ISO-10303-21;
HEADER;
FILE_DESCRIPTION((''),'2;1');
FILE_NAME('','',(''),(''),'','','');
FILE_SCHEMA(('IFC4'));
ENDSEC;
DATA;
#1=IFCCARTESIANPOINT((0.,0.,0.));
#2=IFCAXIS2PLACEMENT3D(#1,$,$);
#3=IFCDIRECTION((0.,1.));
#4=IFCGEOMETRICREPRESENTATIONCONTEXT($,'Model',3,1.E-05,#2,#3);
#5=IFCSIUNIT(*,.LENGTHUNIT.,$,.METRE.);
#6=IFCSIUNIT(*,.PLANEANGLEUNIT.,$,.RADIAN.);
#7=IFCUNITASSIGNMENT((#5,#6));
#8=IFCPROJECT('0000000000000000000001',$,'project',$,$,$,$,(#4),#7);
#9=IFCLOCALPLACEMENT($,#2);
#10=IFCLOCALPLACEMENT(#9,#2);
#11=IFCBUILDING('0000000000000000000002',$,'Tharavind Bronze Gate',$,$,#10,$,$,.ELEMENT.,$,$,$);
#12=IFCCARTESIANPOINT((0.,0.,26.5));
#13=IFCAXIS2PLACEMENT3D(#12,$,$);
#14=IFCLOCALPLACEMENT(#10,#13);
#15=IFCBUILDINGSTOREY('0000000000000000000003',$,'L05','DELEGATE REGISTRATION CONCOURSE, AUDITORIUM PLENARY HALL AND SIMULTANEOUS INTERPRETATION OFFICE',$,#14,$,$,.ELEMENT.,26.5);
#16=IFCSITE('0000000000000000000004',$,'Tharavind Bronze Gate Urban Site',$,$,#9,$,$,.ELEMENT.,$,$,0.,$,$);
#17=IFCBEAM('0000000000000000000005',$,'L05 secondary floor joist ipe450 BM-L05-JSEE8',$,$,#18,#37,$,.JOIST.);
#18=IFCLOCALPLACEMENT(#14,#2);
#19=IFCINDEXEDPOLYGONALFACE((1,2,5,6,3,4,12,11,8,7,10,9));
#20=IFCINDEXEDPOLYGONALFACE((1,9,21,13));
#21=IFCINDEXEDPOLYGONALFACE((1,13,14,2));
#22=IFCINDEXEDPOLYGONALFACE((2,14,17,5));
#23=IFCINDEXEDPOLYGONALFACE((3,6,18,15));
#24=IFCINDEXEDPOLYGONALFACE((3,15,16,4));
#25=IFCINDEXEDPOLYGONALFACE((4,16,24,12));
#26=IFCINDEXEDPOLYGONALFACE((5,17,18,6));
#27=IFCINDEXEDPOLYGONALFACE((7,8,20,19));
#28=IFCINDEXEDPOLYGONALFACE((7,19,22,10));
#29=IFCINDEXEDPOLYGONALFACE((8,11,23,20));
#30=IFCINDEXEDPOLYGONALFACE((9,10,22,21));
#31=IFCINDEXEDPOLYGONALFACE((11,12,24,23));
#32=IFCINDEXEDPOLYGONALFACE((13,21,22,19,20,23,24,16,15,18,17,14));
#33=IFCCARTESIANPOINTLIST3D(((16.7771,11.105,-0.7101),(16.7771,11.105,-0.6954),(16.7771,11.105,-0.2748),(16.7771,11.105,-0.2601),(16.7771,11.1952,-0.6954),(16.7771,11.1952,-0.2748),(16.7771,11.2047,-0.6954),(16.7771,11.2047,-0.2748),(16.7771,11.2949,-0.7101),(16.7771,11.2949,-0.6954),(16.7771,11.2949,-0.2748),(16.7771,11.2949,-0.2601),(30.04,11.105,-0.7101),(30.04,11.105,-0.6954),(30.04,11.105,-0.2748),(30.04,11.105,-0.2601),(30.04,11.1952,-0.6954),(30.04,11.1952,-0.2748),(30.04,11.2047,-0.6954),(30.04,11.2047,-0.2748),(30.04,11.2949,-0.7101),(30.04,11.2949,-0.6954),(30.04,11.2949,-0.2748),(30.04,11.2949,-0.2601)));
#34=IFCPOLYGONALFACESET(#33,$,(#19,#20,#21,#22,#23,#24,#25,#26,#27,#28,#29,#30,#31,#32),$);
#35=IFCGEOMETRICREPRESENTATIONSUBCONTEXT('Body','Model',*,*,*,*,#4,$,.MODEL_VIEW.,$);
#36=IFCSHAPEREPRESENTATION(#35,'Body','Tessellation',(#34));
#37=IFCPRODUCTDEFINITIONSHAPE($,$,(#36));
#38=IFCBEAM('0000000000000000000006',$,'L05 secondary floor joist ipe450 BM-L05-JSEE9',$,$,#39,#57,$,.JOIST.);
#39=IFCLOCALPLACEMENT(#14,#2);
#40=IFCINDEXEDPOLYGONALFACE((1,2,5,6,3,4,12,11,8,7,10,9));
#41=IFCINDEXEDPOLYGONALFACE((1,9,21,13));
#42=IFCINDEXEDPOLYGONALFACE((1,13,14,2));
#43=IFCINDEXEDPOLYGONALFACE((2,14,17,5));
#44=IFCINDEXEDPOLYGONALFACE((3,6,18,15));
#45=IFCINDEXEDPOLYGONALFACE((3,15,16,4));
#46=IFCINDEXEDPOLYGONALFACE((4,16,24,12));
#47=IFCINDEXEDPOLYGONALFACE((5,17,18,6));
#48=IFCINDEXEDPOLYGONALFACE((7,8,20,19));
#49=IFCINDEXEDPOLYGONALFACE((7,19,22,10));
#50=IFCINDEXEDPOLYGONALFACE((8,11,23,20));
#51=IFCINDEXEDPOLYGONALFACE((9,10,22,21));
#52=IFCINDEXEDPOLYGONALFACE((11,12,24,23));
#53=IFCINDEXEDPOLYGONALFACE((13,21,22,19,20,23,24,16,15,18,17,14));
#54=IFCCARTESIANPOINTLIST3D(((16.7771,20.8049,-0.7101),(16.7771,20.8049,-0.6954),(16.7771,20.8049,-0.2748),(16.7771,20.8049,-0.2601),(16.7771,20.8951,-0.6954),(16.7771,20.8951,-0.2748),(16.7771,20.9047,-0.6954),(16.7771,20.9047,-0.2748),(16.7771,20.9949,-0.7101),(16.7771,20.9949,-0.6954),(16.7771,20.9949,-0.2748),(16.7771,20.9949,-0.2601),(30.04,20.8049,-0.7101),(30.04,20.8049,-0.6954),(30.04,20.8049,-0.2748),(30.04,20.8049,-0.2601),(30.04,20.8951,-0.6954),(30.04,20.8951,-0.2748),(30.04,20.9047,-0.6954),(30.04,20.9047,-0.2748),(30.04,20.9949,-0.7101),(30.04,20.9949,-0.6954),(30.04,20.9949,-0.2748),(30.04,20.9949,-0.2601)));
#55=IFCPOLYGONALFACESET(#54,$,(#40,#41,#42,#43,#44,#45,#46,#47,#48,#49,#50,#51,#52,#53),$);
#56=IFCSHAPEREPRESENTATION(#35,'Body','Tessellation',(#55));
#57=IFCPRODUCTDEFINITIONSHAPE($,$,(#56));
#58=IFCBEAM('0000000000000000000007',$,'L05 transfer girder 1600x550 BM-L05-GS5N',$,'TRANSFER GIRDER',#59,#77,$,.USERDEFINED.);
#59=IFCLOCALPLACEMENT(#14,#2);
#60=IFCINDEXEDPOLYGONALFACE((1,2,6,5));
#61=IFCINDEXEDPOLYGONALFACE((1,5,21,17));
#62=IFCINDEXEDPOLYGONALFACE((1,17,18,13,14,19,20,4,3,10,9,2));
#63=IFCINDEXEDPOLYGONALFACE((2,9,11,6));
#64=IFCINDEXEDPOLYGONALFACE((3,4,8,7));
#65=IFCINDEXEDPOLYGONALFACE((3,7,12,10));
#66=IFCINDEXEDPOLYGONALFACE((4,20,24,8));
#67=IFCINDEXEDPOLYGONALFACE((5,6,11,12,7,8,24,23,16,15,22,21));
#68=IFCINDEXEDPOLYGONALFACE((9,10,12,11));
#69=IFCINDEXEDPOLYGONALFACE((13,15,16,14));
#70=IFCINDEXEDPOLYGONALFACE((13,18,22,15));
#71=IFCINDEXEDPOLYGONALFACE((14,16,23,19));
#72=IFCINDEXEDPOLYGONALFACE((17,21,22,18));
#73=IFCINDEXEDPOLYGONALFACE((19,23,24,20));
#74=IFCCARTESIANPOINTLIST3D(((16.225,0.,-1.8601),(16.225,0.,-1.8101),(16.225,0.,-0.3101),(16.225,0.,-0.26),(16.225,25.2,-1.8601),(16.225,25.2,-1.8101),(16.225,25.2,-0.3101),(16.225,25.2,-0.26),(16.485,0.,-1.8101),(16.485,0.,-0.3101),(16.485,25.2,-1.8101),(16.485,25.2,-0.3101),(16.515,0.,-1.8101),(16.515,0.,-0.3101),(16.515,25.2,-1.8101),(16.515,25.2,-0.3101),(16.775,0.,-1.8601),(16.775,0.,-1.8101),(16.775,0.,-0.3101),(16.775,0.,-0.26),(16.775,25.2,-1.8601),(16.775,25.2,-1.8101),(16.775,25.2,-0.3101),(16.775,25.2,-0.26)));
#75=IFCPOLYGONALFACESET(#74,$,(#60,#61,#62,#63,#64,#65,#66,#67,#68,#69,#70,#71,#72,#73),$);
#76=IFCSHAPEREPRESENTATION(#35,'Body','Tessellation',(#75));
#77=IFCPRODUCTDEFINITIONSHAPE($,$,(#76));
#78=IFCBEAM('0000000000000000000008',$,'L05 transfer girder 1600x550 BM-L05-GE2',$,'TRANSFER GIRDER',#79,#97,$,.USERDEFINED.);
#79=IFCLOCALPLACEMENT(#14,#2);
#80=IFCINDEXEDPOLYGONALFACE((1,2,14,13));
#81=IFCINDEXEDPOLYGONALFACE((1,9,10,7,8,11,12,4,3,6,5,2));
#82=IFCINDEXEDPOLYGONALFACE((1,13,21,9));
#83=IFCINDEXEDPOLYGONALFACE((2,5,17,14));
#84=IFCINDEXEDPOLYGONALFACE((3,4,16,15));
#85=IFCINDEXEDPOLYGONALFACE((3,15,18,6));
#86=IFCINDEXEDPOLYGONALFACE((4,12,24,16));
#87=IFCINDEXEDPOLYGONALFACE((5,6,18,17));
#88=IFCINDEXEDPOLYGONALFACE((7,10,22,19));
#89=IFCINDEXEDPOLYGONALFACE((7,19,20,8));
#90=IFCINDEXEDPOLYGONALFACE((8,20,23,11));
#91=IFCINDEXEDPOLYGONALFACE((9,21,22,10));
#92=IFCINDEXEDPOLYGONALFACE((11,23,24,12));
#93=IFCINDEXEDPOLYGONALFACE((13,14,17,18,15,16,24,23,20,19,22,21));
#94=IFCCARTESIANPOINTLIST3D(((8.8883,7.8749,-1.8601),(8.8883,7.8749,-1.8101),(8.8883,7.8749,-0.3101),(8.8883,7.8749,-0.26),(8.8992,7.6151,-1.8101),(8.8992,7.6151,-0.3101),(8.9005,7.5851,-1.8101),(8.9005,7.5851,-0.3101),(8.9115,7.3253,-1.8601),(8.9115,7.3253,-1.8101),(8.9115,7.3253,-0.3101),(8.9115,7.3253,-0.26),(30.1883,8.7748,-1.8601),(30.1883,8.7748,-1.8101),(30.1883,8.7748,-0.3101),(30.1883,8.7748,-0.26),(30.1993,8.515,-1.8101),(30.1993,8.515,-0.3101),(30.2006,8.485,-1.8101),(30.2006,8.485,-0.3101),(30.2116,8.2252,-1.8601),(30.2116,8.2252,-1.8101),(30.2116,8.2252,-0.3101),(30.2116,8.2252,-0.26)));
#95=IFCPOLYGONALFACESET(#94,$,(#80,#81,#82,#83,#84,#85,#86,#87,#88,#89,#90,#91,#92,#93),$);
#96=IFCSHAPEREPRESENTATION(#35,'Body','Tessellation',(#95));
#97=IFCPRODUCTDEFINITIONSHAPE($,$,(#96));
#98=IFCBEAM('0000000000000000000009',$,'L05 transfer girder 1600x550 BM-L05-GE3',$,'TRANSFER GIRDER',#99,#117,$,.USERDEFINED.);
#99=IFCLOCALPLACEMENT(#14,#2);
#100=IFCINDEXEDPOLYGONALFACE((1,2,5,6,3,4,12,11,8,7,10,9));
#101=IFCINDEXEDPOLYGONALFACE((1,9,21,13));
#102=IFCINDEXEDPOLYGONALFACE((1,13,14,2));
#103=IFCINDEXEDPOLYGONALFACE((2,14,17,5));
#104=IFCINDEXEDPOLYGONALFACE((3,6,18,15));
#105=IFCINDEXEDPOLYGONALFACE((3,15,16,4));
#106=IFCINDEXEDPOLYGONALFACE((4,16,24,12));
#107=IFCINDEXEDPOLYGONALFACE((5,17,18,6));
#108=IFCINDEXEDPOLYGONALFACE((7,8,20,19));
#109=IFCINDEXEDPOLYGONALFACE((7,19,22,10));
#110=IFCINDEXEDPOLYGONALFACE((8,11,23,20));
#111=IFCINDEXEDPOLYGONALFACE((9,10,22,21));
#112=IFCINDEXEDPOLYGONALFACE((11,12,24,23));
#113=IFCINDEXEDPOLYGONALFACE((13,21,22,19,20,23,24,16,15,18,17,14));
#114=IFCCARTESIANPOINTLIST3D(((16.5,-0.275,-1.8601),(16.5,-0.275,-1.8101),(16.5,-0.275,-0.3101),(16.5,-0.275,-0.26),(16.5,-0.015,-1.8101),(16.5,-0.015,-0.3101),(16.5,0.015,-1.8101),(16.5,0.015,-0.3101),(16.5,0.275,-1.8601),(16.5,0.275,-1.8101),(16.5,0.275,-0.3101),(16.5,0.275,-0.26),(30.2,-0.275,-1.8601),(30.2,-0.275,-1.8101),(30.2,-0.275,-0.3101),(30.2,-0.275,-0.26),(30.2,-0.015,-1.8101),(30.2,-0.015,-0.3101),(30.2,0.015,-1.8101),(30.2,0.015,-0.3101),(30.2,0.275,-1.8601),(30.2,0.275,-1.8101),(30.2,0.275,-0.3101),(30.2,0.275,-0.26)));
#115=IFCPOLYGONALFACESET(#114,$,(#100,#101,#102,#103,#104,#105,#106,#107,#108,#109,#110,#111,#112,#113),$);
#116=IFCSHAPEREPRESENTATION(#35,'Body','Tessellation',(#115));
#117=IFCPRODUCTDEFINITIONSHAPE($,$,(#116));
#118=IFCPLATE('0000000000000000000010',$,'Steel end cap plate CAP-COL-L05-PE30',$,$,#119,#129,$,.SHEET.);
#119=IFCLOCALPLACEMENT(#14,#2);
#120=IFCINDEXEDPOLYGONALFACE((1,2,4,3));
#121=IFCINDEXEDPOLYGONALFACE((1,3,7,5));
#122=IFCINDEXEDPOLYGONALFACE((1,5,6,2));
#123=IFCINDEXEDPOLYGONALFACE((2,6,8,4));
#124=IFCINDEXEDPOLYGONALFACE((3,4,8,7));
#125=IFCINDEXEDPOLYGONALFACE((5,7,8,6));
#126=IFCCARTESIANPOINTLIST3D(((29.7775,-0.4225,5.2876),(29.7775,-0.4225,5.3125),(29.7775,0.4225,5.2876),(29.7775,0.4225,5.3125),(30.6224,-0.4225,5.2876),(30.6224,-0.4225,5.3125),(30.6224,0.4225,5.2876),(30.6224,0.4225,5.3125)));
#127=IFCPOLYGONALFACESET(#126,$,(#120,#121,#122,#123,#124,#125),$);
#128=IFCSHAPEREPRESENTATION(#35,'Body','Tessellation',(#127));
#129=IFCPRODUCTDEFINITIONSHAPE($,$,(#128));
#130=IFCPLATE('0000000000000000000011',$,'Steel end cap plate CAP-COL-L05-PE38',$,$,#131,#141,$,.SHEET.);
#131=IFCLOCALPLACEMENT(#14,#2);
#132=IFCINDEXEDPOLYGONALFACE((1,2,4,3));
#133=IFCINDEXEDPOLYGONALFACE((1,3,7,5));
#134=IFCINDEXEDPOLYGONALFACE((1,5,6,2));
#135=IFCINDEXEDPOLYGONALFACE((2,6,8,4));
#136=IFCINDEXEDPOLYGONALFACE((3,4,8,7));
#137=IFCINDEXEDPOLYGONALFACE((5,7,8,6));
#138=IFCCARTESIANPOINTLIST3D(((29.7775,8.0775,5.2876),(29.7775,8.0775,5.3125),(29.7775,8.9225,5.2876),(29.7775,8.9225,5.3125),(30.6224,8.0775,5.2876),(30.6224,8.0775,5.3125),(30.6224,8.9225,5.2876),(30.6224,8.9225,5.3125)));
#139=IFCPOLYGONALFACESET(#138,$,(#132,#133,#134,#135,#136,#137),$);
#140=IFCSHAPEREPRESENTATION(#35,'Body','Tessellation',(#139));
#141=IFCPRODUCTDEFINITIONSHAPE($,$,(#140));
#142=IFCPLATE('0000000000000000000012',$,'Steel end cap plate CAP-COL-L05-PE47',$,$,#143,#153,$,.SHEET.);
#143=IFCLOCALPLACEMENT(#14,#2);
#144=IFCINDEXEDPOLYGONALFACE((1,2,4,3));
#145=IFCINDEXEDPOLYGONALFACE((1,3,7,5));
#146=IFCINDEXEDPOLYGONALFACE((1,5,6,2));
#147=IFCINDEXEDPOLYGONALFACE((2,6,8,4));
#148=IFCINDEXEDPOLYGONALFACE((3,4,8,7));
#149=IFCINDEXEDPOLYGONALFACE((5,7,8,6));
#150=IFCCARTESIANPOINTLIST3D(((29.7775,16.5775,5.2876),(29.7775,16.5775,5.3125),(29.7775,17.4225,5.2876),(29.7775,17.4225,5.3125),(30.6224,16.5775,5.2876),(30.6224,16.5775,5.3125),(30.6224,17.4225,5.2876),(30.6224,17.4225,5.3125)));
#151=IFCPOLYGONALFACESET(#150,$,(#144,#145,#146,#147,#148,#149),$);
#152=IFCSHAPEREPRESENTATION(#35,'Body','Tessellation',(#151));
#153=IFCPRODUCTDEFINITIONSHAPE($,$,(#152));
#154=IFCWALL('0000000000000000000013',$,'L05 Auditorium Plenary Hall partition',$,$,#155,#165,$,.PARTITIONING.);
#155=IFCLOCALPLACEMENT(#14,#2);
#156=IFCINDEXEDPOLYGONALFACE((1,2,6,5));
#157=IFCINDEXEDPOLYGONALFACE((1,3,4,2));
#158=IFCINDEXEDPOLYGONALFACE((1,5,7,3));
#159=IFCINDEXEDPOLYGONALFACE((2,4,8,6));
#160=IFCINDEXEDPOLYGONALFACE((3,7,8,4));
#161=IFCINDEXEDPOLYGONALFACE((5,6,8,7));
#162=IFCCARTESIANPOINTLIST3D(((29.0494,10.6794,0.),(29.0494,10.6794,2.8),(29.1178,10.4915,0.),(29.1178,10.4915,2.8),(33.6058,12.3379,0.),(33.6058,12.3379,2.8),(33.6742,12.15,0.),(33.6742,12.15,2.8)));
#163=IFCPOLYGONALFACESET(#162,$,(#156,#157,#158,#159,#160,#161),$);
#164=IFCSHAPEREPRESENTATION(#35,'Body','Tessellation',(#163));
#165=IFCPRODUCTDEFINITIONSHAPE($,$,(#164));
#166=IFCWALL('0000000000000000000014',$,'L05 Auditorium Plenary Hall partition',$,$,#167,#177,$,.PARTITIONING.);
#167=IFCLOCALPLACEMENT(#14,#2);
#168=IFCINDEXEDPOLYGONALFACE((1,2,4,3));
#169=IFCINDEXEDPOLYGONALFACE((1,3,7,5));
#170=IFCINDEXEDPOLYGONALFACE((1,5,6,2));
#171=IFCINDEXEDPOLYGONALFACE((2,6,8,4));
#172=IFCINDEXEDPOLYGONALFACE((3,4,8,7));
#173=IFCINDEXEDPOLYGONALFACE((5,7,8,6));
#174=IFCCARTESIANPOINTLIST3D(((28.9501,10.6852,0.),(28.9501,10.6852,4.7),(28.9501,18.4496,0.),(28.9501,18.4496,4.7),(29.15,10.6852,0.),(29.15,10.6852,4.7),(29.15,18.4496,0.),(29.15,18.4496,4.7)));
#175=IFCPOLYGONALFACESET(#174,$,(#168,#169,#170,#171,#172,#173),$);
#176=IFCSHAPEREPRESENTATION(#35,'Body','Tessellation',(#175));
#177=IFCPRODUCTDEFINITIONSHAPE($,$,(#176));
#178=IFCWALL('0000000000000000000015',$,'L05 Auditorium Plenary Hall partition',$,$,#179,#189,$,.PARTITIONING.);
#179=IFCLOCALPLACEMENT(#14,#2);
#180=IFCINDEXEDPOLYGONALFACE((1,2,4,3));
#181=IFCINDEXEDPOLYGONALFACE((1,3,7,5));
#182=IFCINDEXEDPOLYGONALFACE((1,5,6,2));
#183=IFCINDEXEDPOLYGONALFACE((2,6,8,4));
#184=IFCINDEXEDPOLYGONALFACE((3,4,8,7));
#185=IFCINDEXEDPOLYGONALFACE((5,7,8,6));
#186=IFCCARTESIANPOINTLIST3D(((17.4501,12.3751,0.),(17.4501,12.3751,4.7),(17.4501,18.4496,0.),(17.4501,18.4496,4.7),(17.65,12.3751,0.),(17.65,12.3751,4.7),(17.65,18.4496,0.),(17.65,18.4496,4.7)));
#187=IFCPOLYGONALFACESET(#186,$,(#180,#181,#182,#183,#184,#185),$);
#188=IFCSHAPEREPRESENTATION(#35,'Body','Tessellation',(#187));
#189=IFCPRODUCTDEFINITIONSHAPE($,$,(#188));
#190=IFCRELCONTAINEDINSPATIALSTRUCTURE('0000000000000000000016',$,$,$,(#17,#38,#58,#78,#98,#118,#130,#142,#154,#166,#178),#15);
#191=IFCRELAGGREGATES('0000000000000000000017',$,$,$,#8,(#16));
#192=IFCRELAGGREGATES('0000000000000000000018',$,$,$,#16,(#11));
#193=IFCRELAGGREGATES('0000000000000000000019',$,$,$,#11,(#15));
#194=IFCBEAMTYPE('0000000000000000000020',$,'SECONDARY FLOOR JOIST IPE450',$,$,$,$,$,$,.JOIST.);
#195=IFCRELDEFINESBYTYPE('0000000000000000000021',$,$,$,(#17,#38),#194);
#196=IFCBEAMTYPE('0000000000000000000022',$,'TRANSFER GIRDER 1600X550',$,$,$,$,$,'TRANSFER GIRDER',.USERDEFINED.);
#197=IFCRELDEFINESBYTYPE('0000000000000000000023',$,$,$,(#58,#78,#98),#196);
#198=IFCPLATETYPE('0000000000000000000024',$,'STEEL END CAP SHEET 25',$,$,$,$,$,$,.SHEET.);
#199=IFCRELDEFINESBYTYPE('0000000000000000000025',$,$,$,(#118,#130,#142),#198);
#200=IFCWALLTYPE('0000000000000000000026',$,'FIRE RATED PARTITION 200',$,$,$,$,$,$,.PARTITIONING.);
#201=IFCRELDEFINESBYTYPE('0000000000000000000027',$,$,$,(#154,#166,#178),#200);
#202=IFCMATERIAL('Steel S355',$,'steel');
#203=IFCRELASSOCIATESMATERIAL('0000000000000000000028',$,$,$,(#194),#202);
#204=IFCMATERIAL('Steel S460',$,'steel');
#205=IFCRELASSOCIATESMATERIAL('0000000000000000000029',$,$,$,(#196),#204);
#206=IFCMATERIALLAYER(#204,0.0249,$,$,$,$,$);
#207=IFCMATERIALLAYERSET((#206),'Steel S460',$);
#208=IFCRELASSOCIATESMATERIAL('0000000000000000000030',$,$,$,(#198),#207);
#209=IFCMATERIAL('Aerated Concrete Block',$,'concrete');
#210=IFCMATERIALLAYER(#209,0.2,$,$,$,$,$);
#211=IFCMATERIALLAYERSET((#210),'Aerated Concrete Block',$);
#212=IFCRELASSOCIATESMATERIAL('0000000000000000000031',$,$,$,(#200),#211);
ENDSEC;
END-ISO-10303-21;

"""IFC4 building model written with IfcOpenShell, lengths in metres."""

from ifc_helpers import new_model, si_unit, direction, frame, frame_2d, origin, origin_2d, place, context, subcontext, project, spatial, rectangle, i_section, extrude, material, layer, layer_set, material_profile, profile_set, type_object, element, save


model = new_model("IFC4")

# Units and contexts
model_context = context("Model", 3, precision=1e-05, world=origin(), true_north=direction((0.0, 1.0)))
body_context = subcontext(model_context, "Body", "Model", "MODEL_VIEW")
ifc_project = project(units=[si_unit("LENGTHUNIT", "METRE"), si_unit("PLANEANGLEUNIT", "RADIAN")], contexts=[model_context])

# Site, building, storey
site_placement = place(None, origin())
site = spatial("IfcSite", under=ifc_project, at=site_placement, Name="Tharavind Bronze Gate Urban Site", CompositionType="ELEMENT", RefElevation=0.0)
building_placement = place(site_placement, origin())
building = spatial("IfcBuilding", under=site, at=building_placement, Name="Tharavind Bronze Gate", CompositionType="ELEMENT")
storey_placement = place(building_placement, frame((0.0, 0.0, 26.5)))
storey = spatial("IfcBuildingStorey", under=building, at=storey_placement, Name="L05", Description="DELEGATE REGISTRATION CONCOURSE, AUDITORIUM PLENARY HALL AND SIMULTANEOUS INTERPRETATION OFFICE", CompositionType="ELEMENT", Elevation=26.5)

# Shared definitions
ifc_material_1 = material(Name="Steel S460", Category="steel")

# Beams
ifc_material_2 = material(Name="Steel S355", Category="steel")
ifc_material_profile_1 = material_profile(ifc_material_2, i_section(OverallWidth=0.1899, OverallDepth=0.45, WebThickness=0.0095, FlangeThickness=0.0146, at=origin_2d()), Name="IPE450")
ifc_profile_set_1 = profile_set([ifc_material_profile_1], Name="Steel S355")
beam_type_1 = type_object("IfcBeamType", Name="SECONDARY FLOOR JOIST IPE450", PredefinedType="JOIST", material=ifc_profile_set_1)
for number, where, z_axis, x_axis, name in (
    (1, (16.7771, 11.2, -0.4851), (1.0, 0.0, 0.0), (0.0, 1.0, 0.0), "L05 secondary floor joist ipe450 BM-L05-JSEE8"),
    (2, (16.7771, 20.8999, -0.4851), (1.0, 0.0, 0.0), (0.0, 1.0, 0.0), "L05 secondary floor joist ipe450 BM-L05-JSEE9"),
):
    element("IfcBeam", number, at=place(storey_placement, frame(where, z_axis=z_axis, x_axis=x_axis)), inside=storey, type_object=beam_type_1, Name=name, PredefinedType="JOIST", context=body_context, shape_type="SweptSolid", body=[
        extrude(i_section(OverallWidth=0.1899, OverallDepth=0.45, WebThickness=0.0095, FlangeThickness=0.0146, at=origin_2d()), origin(), (0.0, 0.0, 1.0), 13.2629),
    ])
ifc_material_profile_2 = material_profile(ifc_material_1, i_section(OverallWidth=0.55, OverallDepth=1.6001, WebThickness=0.03, FlangeThickness=0.05, at=origin_2d()), Name="PG1600X550")
ifc_profile_set_2 = profile_set([ifc_material_profile_2], Name="Steel S460")
beam_type_2 = type_object("IfcBeamType", Name="TRANSFER GIRDER 1600X550", ElementType="TRANSFER GIRDER", PredefinedType="USERDEFINED", material=ifc_profile_set_2)
beam_1_placement = place(storey_placement, frame((16.5, 0.0, -1.0601), z_axis=(0.0, 1.0, 0.0), x_axis=(-1.0, 0.0, 0.0)))
element("IfcBeam", 3, at=beam_1_placement, inside=storey, type_object=beam_type_2, Name="L05 transfer girder 1600x550 BM-L05-GS5N", ObjectType="TRANSFER GIRDER", PredefinedType="USERDEFINED", context=body_context, shape_type="SweptSolid", body=[
    extrude(i_section(OverallWidth=0.55, OverallDepth=1.6001, WebThickness=0.03, FlangeThickness=0.05, at=origin_2d()), origin(), (0.0, 0.0, 1.0), 25.2),
])
beam_2_placement = place(storey_placement, frame((30.2, 8.5, -1.0601), z_axis=(-0.999109, -0.042211, 0.0), x_axis=(0.042211, -0.999109, 0.0)))
element("IfcBeam", 4, at=beam_2_placement, inside=storey, type_object=beam_type_2, Name="L05 transfer girder 1600x550 BM-L05-GE2", ObjectType="TRANSFER GIRDER", PredefinedType="USERDEFINED", context=body_context, shape_type="SweptSolid", body=[
    extrude(i_section(OverallWidth=0.55, OverallDepth=1.6001, WebThickness=0.03, FlangeThickness=0.05, at=origin_2d()), origin(), (0.0, 0.0, 1.0), 21.3191),
])
beam_3_placement = place(storey_placement, frame((30.2, 0.0, -1.0601), z_axis=(-1.0, 0.0, 0.0), x_axis=(0.0, -1.0, 0.0)))
element("IfcBeam", 5, at=beam_3_placement, inside=storey, type_object=beam_type_2, Name="L05 transfer girder 1600x550 BM-L05-GE3", ObjectType="TRANSFER GIRDER", PredefinedType="USERDEFINED", context=body_context, shape_type="SweptSolid", body=[
    extrude(i_section(OverallWidth=0.55, OverallDepth=1.6001, WebThickness=0.03, FlangeThickness=0.05, at=origin_2d()), origin(), (0.0, 0.0, 1.0), 13.7),
])

# Plates
ifc_layer_1 = layer(ifc_material_1, 0.0249)
ifc_layer_set_1 = layer_set([ifc_layer_1], Name="Steel S460")
plate_type = type_object("IfcPlateType", Name="STEEL END CAP SHEET 25", PredefinedType="SHEET", material=ifc_layer_set_1)
for number, where, z_axis, x_axis, name in (
    (6, (30.2, 0.0, 5.2876), (0.0, 0.0, 1.0), (1.0, 0.0, 0.0), "Steel end cap plate CAP-COL-L05-PE30"),
    (7, (30.2, 8.5, 5.2876), (0.0, 0.0, 1.0), (1.0, 0.0, 0.0), "Steel end cap plate CAP-COL-L05-PE38"),
    (8, (30.2, 17.0, 5.2876), (0.0, 0.0, 1.0), (1.0, 0.0, 0.0), "Steel end cap plate CAP-COL-L05-PE47"),
):
    element("IfcPlate", number, at=place(storey_placement, frame(where, z_axis=z_axis, x_axis=x_axis)), inside=storey, type_object=plate_type, Name=name, PredefinedType="SHEET", context=body_context, shape_type="SweptSolid", body=[
        extrude(rectangle(XDim=0.845, YDim=0.845, at=origin_2d()), origin(), (0.0, 0.0, 1.0), 0.0249),
    ])

# Walls
ifc_material_3 = material(Name="Aerated Concrete Block", Category="concrete")
ifc_layer_2 = layer(ifc_material_3, 0.2)
ifc_layer_set_2 = layer_set([ifc_layer_2], Name="Aerated Concrete Block")
wall_type_1 = type_object("IfcWallType", Name="FIRE RATED PARTITION 200", PredefinedType="PARTITIONING", material=ifc_layer_set_2)
wall_1_placement = place(storey_placement, frame((33.6399, 12.2439, 0.0), z_axis=(0.0, 0.0, 1.0), x_axis=(-0.939689, -0.34203, 0.0)))
element("IfcWall", 9, at=wall_1_placement, inside=storey, type_object=wall_type_1, Name="L05 Auditorium Plenary Hall partition", PredefinedType="PARTITIONING", context=body_context, shape_type="SweptSolid", body=[
    extrude(rectangle(XDim=4.8489, YDim=0.2, at=frame_2d((2.4243, 0.0))), origin(), (0.0, 0.0, 1.0), 2.8),
])
wall_2_placement = place(storey_placement, frame((29.05, 10.6851, 0.0), z_axis=(0.0, 0.0, 1.0), x_axis=(0.0, 1.0, 0.0)))
element("IfcWall", 10, at=wall_2_placement, inside=storey, type_object=wall_type_1, Name="L05 Auditorium Plenary Hall partition", PredefinedType="PARTITIONING", context=body_context, shape_type="SweptSolid", body=[
    extrude(rectangle(XDim=7.7644, YDim=0.2, at=frame_2d((3.8823, 0.0))), origin(), (0.0, 0.0, 1.0), 4.7),
])
wall_3_placement = place(storey_placement, frame((17.55, 18.4495, 0.0), z_axis=(0.0, 0.0, 1.0), x_axis=(0.0, -1.0, 0.0)))
element("IfcWall", 11, at=wall_3_placement, inside=storey, type_object=wall_type_1, Name="L05 Auditorium Plenary Hall partition", PredefinedType="PARTITIONING", context=body_context, shape_type="SweptSolid", body=[
    extrude(rectangle(XDim=6.0745, YDim=0.2, at=frame_2d((3.0371, 0.0))), origin(), (0.0, 0.0, 1.0), 4.7),
])

save(model, "model.ifc")
